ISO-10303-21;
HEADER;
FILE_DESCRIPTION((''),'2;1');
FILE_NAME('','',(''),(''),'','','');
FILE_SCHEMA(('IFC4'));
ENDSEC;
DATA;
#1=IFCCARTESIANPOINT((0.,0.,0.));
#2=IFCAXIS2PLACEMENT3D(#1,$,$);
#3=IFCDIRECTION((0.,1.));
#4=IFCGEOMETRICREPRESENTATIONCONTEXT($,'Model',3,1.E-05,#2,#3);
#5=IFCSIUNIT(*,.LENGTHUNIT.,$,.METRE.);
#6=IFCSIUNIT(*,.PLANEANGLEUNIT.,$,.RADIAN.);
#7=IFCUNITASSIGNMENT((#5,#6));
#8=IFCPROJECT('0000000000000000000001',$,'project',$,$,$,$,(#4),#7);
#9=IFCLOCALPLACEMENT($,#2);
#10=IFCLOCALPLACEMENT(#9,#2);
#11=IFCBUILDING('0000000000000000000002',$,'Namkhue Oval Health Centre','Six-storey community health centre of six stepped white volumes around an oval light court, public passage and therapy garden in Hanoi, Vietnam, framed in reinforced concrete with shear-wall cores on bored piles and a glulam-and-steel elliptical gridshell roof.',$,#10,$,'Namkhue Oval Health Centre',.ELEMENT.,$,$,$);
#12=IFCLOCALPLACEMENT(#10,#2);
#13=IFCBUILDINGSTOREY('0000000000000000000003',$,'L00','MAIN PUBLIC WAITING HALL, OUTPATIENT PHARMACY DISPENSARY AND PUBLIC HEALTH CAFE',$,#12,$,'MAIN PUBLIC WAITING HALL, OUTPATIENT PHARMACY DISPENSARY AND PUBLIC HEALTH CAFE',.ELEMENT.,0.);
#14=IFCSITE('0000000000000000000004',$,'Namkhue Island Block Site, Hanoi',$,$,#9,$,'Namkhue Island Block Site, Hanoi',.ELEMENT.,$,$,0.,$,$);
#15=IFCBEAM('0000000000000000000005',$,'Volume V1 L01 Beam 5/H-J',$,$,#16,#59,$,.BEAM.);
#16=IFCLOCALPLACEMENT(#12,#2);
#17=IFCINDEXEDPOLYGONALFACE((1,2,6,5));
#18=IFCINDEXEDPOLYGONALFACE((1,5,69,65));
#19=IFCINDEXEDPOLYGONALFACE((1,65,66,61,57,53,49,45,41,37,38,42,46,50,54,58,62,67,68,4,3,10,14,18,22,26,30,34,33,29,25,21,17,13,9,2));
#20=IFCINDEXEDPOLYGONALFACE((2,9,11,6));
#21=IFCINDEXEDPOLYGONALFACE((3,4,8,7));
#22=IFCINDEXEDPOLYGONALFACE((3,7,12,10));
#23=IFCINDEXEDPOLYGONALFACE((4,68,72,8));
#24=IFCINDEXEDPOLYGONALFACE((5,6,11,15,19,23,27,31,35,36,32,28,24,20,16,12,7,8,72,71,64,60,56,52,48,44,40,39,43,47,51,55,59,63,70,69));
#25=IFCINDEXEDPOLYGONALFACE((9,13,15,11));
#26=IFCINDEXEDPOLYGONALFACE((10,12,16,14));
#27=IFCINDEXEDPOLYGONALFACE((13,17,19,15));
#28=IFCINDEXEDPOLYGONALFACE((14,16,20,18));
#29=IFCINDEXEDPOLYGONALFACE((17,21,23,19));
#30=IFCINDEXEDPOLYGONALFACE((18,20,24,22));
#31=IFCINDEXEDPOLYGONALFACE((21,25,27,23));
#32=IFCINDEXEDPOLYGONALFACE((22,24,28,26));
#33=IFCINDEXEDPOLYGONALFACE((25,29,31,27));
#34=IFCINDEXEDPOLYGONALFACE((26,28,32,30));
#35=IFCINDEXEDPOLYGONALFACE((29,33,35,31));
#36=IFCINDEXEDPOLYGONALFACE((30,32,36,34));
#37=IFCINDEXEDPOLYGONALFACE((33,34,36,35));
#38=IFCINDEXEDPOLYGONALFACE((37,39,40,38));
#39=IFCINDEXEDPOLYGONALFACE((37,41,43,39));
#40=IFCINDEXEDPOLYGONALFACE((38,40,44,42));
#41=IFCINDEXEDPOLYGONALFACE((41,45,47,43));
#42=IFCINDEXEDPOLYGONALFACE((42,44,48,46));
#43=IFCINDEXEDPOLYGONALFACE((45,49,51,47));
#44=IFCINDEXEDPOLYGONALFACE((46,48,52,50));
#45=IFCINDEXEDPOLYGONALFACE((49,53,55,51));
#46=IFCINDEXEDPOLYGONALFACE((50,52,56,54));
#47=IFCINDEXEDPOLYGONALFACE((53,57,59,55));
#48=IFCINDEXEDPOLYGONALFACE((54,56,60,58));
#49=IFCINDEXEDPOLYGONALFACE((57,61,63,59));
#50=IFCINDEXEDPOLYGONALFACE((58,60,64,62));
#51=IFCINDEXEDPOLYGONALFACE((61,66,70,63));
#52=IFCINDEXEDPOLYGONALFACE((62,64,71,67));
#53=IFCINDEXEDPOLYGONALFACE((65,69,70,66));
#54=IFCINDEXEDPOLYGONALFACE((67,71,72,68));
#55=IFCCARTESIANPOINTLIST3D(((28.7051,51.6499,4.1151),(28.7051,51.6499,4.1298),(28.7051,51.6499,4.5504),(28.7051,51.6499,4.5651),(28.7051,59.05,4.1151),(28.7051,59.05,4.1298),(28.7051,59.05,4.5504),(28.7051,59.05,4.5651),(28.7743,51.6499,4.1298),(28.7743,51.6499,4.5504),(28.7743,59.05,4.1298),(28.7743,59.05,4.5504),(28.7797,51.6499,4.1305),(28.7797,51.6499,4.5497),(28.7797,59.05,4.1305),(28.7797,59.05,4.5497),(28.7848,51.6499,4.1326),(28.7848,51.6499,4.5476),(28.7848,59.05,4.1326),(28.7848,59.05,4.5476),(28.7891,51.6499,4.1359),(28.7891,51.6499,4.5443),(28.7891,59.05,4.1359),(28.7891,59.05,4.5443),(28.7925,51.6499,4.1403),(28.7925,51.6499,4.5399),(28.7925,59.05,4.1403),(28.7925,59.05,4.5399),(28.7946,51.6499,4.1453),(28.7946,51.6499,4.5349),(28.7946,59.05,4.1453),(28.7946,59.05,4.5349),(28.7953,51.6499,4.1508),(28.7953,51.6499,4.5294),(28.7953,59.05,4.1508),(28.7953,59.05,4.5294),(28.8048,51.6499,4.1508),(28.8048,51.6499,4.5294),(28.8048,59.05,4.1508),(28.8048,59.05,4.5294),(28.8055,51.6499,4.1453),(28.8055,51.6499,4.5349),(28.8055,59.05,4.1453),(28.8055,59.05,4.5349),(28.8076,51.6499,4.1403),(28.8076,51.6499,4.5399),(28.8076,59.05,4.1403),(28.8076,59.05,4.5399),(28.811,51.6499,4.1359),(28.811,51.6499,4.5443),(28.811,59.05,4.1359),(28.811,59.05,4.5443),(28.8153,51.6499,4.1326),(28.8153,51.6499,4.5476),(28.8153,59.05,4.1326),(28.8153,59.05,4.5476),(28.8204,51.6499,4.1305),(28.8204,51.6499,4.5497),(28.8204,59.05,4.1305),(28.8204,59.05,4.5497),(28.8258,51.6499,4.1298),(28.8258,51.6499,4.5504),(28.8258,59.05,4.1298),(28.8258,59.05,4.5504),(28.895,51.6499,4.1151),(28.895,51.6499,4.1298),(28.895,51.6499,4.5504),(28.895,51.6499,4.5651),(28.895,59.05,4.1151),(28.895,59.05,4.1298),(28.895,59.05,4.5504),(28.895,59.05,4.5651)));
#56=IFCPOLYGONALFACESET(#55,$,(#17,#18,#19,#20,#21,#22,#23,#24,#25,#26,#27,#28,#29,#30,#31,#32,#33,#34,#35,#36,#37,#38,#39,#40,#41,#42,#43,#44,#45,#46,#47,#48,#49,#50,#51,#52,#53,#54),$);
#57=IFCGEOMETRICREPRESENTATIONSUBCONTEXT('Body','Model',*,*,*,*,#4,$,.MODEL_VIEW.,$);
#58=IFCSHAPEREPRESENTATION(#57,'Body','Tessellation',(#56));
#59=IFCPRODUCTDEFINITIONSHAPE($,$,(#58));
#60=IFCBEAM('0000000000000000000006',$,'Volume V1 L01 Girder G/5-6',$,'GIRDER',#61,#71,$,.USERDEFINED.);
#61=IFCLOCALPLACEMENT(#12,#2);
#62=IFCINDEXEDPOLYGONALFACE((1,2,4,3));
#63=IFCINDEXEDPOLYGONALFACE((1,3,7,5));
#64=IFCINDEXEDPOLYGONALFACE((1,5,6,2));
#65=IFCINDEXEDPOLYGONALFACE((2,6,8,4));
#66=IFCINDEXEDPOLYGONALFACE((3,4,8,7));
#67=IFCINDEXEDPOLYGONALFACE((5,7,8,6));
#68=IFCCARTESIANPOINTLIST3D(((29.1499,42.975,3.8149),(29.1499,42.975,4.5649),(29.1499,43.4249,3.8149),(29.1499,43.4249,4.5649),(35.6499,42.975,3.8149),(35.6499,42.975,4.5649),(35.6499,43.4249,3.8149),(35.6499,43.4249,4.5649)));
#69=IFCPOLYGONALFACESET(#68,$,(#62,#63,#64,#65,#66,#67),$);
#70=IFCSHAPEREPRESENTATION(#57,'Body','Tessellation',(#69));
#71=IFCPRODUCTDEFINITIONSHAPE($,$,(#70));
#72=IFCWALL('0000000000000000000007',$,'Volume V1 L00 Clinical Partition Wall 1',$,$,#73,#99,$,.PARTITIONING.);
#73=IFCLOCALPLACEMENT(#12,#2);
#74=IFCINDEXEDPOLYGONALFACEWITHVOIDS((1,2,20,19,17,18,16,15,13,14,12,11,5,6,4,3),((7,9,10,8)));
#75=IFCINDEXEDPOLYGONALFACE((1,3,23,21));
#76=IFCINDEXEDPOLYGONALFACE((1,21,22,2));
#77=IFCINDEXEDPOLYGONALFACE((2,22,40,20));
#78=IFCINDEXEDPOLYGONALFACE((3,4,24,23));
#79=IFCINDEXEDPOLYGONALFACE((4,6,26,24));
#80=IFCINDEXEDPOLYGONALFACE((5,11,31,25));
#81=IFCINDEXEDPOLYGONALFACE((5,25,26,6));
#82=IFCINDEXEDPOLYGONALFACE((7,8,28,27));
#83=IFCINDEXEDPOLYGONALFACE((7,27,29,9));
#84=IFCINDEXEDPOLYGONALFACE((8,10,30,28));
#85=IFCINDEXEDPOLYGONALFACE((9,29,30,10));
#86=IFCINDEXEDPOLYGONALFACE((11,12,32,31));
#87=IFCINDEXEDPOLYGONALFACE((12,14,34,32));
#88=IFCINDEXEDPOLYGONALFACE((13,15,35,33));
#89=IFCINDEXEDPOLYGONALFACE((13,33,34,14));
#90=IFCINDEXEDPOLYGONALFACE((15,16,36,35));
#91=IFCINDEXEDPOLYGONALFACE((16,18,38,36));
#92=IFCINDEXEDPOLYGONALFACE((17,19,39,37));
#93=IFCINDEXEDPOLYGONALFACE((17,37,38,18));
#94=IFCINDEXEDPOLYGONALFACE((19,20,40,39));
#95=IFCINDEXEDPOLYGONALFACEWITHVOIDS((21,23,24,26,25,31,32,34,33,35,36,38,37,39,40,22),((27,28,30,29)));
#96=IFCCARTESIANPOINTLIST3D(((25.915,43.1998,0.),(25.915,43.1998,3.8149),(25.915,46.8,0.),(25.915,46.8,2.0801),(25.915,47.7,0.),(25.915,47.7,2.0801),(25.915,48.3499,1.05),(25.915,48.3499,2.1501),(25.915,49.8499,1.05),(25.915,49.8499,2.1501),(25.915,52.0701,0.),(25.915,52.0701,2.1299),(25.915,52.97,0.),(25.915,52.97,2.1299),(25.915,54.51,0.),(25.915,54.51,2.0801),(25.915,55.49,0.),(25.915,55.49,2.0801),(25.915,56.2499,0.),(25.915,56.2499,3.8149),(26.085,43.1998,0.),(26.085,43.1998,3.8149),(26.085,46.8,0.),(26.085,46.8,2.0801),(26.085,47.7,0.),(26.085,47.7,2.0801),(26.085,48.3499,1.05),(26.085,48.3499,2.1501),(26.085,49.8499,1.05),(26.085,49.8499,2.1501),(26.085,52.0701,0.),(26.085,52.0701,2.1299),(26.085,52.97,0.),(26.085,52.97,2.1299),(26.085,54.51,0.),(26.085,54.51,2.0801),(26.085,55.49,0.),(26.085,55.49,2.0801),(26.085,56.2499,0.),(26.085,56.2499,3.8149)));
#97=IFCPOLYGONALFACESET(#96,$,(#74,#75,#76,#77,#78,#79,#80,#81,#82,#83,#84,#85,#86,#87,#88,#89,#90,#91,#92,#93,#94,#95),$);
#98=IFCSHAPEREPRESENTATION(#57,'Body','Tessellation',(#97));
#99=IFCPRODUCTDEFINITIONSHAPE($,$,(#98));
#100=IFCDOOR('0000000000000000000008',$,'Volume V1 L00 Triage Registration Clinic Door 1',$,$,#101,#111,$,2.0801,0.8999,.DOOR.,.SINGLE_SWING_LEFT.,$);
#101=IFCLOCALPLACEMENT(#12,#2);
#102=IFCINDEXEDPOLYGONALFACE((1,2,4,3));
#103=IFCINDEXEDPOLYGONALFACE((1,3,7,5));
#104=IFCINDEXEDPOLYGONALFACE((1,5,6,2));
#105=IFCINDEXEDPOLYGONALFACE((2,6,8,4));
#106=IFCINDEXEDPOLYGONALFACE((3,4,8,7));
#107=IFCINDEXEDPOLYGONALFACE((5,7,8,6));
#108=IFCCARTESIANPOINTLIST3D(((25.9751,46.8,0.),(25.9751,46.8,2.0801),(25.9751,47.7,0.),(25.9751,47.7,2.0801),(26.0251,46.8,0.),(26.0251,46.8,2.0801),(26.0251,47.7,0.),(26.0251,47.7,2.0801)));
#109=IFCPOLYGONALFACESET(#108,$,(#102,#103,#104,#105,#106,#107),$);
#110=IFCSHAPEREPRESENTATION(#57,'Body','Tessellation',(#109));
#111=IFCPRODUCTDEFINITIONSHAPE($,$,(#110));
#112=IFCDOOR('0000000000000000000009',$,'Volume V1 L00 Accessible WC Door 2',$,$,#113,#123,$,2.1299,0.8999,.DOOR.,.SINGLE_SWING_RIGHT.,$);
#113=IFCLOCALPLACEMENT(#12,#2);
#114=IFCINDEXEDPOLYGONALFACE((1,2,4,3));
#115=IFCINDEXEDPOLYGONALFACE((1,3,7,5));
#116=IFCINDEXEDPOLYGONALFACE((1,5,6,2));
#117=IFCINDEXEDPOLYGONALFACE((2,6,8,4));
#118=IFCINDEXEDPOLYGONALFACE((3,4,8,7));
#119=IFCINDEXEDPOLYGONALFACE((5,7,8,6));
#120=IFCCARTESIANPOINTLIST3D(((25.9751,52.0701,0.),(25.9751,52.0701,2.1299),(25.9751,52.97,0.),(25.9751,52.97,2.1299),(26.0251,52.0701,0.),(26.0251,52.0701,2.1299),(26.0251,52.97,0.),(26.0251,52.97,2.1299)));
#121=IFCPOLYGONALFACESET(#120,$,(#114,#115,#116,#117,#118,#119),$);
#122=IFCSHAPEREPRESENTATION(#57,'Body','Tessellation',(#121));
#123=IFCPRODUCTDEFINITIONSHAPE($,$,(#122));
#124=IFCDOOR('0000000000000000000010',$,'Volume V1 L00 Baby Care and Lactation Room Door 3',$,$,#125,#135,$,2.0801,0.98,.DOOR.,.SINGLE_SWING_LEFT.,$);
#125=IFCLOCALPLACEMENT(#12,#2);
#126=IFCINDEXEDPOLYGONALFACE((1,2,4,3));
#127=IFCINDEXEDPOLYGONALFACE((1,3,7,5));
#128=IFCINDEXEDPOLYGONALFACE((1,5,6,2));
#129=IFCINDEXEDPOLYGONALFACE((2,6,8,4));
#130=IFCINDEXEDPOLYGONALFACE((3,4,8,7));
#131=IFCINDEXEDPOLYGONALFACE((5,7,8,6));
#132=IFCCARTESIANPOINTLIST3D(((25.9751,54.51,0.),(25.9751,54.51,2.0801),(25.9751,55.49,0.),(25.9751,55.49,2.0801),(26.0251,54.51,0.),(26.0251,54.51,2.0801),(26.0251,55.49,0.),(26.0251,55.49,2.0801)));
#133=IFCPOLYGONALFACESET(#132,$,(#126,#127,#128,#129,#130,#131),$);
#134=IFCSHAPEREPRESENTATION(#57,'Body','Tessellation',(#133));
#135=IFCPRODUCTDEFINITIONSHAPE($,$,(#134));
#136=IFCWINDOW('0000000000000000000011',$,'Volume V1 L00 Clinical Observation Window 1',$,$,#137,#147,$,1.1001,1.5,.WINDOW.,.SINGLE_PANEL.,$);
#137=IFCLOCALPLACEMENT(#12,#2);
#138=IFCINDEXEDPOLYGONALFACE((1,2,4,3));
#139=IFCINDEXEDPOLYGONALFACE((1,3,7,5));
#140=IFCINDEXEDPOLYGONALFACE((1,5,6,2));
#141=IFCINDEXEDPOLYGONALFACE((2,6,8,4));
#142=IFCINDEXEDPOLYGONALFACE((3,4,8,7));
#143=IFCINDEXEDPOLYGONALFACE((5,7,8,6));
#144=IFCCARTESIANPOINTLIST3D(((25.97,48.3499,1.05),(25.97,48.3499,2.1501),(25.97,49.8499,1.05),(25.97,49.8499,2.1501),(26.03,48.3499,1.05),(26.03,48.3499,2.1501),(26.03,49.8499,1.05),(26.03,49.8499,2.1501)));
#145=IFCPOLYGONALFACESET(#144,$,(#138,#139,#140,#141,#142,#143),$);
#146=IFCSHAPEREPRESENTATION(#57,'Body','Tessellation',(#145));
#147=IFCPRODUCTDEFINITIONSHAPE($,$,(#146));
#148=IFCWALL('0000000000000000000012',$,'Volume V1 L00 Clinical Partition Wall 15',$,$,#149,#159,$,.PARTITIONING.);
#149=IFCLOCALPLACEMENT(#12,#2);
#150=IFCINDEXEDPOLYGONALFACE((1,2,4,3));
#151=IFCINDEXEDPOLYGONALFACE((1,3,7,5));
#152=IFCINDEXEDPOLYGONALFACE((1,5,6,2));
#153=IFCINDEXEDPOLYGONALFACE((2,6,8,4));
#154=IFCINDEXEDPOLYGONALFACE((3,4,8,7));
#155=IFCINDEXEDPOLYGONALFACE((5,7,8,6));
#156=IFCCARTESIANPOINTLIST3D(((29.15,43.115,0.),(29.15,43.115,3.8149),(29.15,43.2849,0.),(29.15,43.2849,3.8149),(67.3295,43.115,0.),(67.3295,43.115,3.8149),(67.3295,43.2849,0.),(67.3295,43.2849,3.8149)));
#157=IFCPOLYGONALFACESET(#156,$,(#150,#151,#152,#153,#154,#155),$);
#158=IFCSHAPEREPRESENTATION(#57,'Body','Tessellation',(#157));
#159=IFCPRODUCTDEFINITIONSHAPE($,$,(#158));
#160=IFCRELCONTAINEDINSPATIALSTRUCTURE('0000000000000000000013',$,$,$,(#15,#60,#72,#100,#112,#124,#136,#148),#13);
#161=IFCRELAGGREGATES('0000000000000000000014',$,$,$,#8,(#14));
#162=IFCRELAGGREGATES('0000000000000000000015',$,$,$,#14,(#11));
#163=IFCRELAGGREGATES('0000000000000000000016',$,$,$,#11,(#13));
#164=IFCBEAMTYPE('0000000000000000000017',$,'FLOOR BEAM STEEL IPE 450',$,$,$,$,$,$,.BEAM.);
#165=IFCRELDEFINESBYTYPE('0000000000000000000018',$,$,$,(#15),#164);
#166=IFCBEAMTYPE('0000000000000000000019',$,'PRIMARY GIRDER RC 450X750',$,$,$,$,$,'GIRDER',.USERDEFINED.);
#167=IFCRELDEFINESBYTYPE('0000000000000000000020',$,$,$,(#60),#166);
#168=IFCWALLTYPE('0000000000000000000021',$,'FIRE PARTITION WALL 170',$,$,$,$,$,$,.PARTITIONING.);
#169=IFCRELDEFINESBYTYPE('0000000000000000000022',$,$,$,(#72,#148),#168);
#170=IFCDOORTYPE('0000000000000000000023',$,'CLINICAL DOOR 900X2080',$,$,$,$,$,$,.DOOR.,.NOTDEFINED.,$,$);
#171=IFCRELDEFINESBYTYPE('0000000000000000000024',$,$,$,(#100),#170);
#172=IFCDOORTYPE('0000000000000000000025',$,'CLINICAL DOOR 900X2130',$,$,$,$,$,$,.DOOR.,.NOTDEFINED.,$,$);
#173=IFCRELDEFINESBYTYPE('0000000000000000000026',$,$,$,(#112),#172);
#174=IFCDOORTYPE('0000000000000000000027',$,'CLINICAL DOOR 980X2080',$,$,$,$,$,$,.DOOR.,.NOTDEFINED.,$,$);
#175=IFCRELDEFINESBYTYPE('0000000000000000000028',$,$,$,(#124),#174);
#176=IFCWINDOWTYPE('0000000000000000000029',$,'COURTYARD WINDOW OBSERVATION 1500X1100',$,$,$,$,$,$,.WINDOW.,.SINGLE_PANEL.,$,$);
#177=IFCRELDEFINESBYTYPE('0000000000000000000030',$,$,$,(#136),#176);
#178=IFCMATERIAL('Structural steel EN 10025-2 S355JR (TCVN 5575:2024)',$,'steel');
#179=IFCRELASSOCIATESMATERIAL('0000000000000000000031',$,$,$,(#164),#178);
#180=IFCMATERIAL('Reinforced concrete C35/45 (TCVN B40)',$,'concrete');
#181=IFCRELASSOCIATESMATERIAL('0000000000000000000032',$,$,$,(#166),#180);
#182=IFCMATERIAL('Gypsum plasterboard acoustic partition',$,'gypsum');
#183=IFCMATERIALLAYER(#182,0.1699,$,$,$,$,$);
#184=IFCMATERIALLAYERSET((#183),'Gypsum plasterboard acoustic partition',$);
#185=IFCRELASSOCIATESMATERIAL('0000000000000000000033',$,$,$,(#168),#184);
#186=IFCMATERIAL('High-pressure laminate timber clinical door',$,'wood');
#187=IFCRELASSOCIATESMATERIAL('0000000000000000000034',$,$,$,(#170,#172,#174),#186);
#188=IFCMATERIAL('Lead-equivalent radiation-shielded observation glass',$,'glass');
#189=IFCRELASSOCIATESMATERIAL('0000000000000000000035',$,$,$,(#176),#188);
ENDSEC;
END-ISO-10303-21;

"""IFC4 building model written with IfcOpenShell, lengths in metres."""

from ifc_helpers import new_model, si_unit, direction, frame, frame_2d, origin, origin_2d, place, context, subcontext, project, spatial, rectangle, i_section, extrude, material, layer, layer_set, material_profile, profile_set, type_object, element, fill, save


model = new_model("IFC4")

# Units and contexts
model_context = context("Model", 3, precision=1e-05, world=origin(), true_north=direction((0.0, 1.0)))
body_context = subcontext(model_context, "Body", "Model", "MODEL_VIEW")
ifc_project = project(units=[si_unit("LENGTHUNIT", "METRE"), si_unit("PLANEANGLEUNIT", "RADIAN")], contexts=[model_context])

# Site, building, storey
site_placement = place(None, origin())
site = spatial("IfcSite", under=ifc_project, at=site_placement, Name="Namkhue Island Block Site, Hanoi", LongName="Namkhue Island Block Site, Hanoi", CompositionType="ELEMENT", RefElevation=0.0)
building_placement = place(site_placement, origin())
building = spatial("IfcBuilding", under=site, at=building_placement, Name="Namkhue Oval Health Centre", Description="Six-storey community health centre of six stepped white volumes around an oval light court, public passage and therapy garden in Hanoi, Vietnam, framed in reinforced concrete with shear-wall cores on bored piles and a glulam-and-steel elliptical gridshell roof.", LongName="Namkhue Oval Health Centre", CompositionType="ELEMENT")
storey_placement = place(building_placement, origin())
storey = spatial("IfcBuildingStorey", under=building, at=storey_placement, Name="L00", Description="MAIN PUBLIC WAITING HALL, OUTPATIENT PHARMACY DISPENSARY AND PUBLIC HEALTH CAFE", LongName="MAIN PUBLIC WAITING HALL, OUTPATIENT PHARMACY DISPENSARY AND PUBLIC HEALTH CAFE", CompositionType="ELEMENT", Elevation=0.0)

# Shared definitions
ifc_material_1 = material(Name="Reinforced concrete C35/45 (TCVN B40)", Category="concrete")

# Beams
ifc_material_2 = material(Name="Structural steel EN 10025-2 S355JR (TCVN 5575:2024)", Category="steel")
ifc_material_profile_1 = material_profile(ifc_material_2, i_section(OverallWidth=0.1899, OverallDepth=0.45, WebThickness=0.0095, FlangeThickness=0.0146, FilletRadius=0.021, at=origin_2d()), Name="IPE 450")
ifc_profile_set_1 = profile_set([ifc_material_profile_1], Name="Structural steel EN 10025-2 S355JR (TCVN 5575:2024)")
beam_type_1 = type_object("IfcBeamType", Name="FLOOR BEAM STEEL IPE 450", PredefinedType="BEAM", material=ifc_profile_set_1)
beam_1_placement = place(storey_placement, frame((28.8, 51.6499, 4.3401), z_axis=(0.0, 1.0, 0.0), x_axis=(-1.0, 0.0, 0.0)))
element("IfcBeam", 1, at=beam_1_placement, inside=storey, type_object=beam_type_1, Name="Volume V1 L01 Beam 5/H-J", PredefinedType="BEAM", context=body_context, shape_type="SweptSolid", body=[
    extrude(i_section(OverallWidth=0.1899, OverallDepth=0.45, WebThickness=0.0095, FlangeThickness=0.0146, FilletRadius=0.021, at=origin_2d()), origin(), (0.0, 0.0, 1.0), 7.4001),
])
ifc_material_profile_2 = material_profile(ifc_material_1, rectangle(XDim=0.45, YDim=0.75, at=origin_2d()), Name="RC 450x750")
ifc_profile_set_2 = profile_set([ifc_material_profile_2], Name="Reinforced concrete C35/45 (TCVN B40)")
beam_type_2 = type_object("IfcBeamType", Name="PRIMARY GIRDER RC 450X750", ElementType="GIRDER", PredefinedType="USERDEFINED", material=ifc_profile_set_2)
beam_2_placement = place(storey_placement, frame((29.1499, 43.2, 4.1899), z_axis=(1.0, 0.0, 0.0), x_axis=(0.0, 1.0, 0.0)))
element("IfcBeam", 2, at=beam_2_placement, inside=storey, type_object=beam_type_2, Name="Volume V1 L01 Girder G/5-6", ObjectType="GIRDER", PredefinedType="USERDEFINED", context=body_context, shape_type="SweptSolid", body=[
    extrude(rectangle(XDim=0.45, YDim=0.75, at=origin_2d()), origin(), (0.0, 0.0, 1.0), 6.5),
])

# Wall, openings, doors, window
ifc_material_3 = material(Name="Gypsum plasterboard acoustic partition", Category="gypsum")
ifc_layer_1 = layer(ifc_material_3, 0.1699)
ifc_layer_set_1 = layer_set([ifc_layer_1], Name="Gypsum plasterboard acoustic partition")
wall_type = type_object("IfcWallType", Name="FIRE PARTITION WALL 170", PredefinedType="PARTITIONING", material=ifc_layer_set_1)
wall_1_placement = place(storey_placement, frame((26.0, 43.2, 0.0), z_axis=(0.0, 0.0, 1.0), x_axis=(0.0, 1.0, 0.0)))
wall_1 = element("IfcWall", 3, at=wall_1_placement, inside=storey, type_object=wall_type, Name="Volume V1 L00 Clinical Partition Wall 1", PredefinedType="PARTITIONING", context=body_context, shape_type="SweptSolid", body=[
    extrude(rectangle(XDim=13.05, YDim=0.1699, at=frame_2d((6.5249, 0.0))), origin(), (0.0, 0.0, 1.0), 3.8149),
])
opening_1_placement = place(wall_1_placement, frame((3.6001, 0.0, 0.0)))
opening_1 = element("IfcOpeningElement", 4, at=opening_1_placement, cuts=wall_1, PredefinedType="OPENING", context=body_context, shape_type="SweptSolid", body=[
    extrude(rectangle(XDim=0.8999, YDim=2.0801, at=frame_2d((0.45, 1.04))), frame((0.0, 0.095, 0.0), z_axis=(0.0, -1.0, 0.0), x_axis=(1.0, 0.0, 0.0)), (0.0, 0.0, 1.0), 0.1899),
])
opening_2_placement = place(wall_1_placement, frame((5.1499, 0.0, 1.05)))
opening_2 = element("IfcOpeningElement", 5, at=opening_2_placement, cuts=wall_1, PredefinedType="OPENING", context=body_context, shape_type="SweptSolid", body=[
    extrude(rectangle(XDim=1.5, YDim=1.1001, at=frame_2d((0.75, 0.55))), frame((0.0, 0.095, 0.0), z_axis=(0.0, -1.0, 0.0), x_axis=(1.0, 0.0, 0.0)), (0.0, 0.0, 1.0), 0.1899),
])
opening_3_placement = place(wall_1_placement, frame((8.8701, 0.0, 0.0)))
opening_3 = element("IfcOpeningElement", 6, at=opening_3_placement, cuts=wall_1, PredefinedType="OPENING", context=body_context, shape_type="SweptSolid", body=[
    extrude(rectangle(XDim=0.8999, YDim=2.1299, at=frame_2d((0.45, 1.0649))), frame((0.0, 0.095, 0.0), z_axis=(0.0, -1.0, 0.0), x_axis=(1.0, 0.0, 0.0)), (0.0, 0.0, 1.0), 0.1899),
])
opening_4_placement = place(wall_1_placement, frame((11.3101, 0.0, 0.0)))
opening_4 = element("IfcOpeningElement", 7, at=opening_4_placement, cuts=wall_1, PredefinedType="OPENING", context=body_context, shape_type="SweptSolid", body=[
    extrude(rectangle(XDim=0.98, YDim=2.0801, at=frame_2d((0.49, 1.04))), frame((0.0, 0.095, 0.0), z_axis=(0.0, -1.0, 0.0), x_axis=(1.0, 0.0, 0.0)), (0.0, 0.0, 1.0), 0.1899),
])
ifc_material_4 = material(Name="High-pressure laminate timber clinical door", Category="wood")
door_type_1 = type_object("IfcDoorType", Name="CLINICAL DOOR 900X2080", OperationType="NOTDEFINED", PredefinedType="DOOR", material=ifc_material_4)
door_1_placement = place(opening_1_placement, origin())
door_1 = element("IfcDoor", 8, at=door_1_placement, inside=storey, type_object=door_type_1, Name="Volume V1 L00 Triage Registration Clinic Door 1", OperationType="SINGLE_SWING_LEFT", OverallHeight=2.0801, OverallWidth=0.8999, PredefinedType="DOOR", context=body_context, shape_type="SweptSolid", body=[
    extrude(rectangle(XDim=0.8999, YDim=2.0801, at=frame_2d((0.45, 1.04))), frame((0.0, 0.0249, 0.0), z_axis=(0.0, -1.0, 0.0), x_axis=(1.0, 0.0, 0.0)), (0.0, 0.0, 1.0), 0.05),
])
fill(opening_1, door_1)
door_type_2 = type_object("IfcDoorType", Name="CLINICAL DOOR 900X2130", OperationType="NOTDEFINED", PredefinedType="DOOR", material=ifc_material_4)
door_2_placement = place(opening_3_placement, origin())
door_2 = element("IfcDoor", 9, at=door_2_placement, inside=storey, type_object=door_type_2, Name="Volume V1 L00 Accessible WC Door 2", OperationType="SINGLE_SWING_RIGHT", OverallHeight=2.1299, OverallWidth=0.8999, PredefinedType="DOOR", context=body_context, shape_type="SweptSolid", body=[
    extrude(rectangle(XDim=0.8999, YDim=2.1299, at=frame_2d((0.45, 1.0649))), frame((0.0, 0.0249, 0.0), z_axis=(0.0, -1.0, 0.0), x_axis=(1.0, 0.0, 0.0)), (0.0, 0.0, 1.0), 0.05),
])
fill(opening_3, door_2)
door_type_3 = type_object("IfcDoorType", Name="CLINICAL DOOR 980X2080", OperationType="NOTDEFINED", PredefinedType="DOOR", material=ifc_material_4)
door_3_placement = place(opening_4_placement, origin())
door_3 = element("IfcDoor", 10, at=door_3_placement, inside=storey, type_object=door_type_3, Name="Volume V1 L00 Baby Care and Lactation Room Door 3", OperationType="SINGLE_SWING_LEFT", OverallHeight=2.0801, OverallWidth=0.98, PredefinedType="DOOR", context=body_context, shape_type="SweptSolid", body=[
    extrude(rectangle(XDim=0.98, YDim=2.0801, at=frame_2d((0.49, 1.04))), frame((0.0, 0.0249, 0.0), z_axis=(0.0, -1.0, 0.0), x_axis=(1.0, 0.0, 0.0)), (0.0, 0.0, 1.0), 0.05),
])
fill(opening_4, door_3)
ifc_material_5 = material(Name="Lead-equivalent radiation-shielded observation glass", Category="glass")
window_type = type_object("IfcWindowType", Name="COURTYARD WINDOW OBSERVATION 1500X1100", PartitioningType="SINGLE_PANEL", PredefinedType="WINDOW", material=ifc_material_5)
window_placement = place(opening_2_placement, origin())
window = element("IfcWindow", 11, at=window_placement, inside=storey, type_object=window_type, Name="Volume V1 L00 Clinical Observation Window 1", OverallHeight=1.1001, OverallWidth=1.5, PartitioningType="SINGLE_PANEL", PredefinedType="WINDOW", context=body_context, shape_type="SweptSolid", body=[
    extrude(rectangle(XDim=1.5, YDim=1.1001, at=frame_2d((0.75, 0.55))), frame((0.0, 0.03, 0.0), z_axis=(0.0, -1.0, 0.0), x_axis=(1.0, 0.0, 0.0)), (0.0, 0.0, 1.0), 0.0601),
])
fill(opening_2, window)

# Wall
wall_2_placement = place(storey_placement, frame((29.1499, 43.2, 0.0), z_axis=(0.0, 0.0, 1.0), x_axis=(1.0, 0.0, 0.0)))
element("IfcWall", 12, at=wall_2_placement, inside=storey, type_object=wall_type, Name="Volume V1 L00 Clinical Partition Wall 15", PredefinedType="PARTITIONING", context=body_context, shape_type="SweptSolid", body=[
    extrude(rectangle(XDim=38.1794, YDim=0.1699, at=frame_2d((19.0898, 0.0))), origin(), (0.0, 0.0, 1.0), 3.8149),
])

save(model, "model.ifc")
